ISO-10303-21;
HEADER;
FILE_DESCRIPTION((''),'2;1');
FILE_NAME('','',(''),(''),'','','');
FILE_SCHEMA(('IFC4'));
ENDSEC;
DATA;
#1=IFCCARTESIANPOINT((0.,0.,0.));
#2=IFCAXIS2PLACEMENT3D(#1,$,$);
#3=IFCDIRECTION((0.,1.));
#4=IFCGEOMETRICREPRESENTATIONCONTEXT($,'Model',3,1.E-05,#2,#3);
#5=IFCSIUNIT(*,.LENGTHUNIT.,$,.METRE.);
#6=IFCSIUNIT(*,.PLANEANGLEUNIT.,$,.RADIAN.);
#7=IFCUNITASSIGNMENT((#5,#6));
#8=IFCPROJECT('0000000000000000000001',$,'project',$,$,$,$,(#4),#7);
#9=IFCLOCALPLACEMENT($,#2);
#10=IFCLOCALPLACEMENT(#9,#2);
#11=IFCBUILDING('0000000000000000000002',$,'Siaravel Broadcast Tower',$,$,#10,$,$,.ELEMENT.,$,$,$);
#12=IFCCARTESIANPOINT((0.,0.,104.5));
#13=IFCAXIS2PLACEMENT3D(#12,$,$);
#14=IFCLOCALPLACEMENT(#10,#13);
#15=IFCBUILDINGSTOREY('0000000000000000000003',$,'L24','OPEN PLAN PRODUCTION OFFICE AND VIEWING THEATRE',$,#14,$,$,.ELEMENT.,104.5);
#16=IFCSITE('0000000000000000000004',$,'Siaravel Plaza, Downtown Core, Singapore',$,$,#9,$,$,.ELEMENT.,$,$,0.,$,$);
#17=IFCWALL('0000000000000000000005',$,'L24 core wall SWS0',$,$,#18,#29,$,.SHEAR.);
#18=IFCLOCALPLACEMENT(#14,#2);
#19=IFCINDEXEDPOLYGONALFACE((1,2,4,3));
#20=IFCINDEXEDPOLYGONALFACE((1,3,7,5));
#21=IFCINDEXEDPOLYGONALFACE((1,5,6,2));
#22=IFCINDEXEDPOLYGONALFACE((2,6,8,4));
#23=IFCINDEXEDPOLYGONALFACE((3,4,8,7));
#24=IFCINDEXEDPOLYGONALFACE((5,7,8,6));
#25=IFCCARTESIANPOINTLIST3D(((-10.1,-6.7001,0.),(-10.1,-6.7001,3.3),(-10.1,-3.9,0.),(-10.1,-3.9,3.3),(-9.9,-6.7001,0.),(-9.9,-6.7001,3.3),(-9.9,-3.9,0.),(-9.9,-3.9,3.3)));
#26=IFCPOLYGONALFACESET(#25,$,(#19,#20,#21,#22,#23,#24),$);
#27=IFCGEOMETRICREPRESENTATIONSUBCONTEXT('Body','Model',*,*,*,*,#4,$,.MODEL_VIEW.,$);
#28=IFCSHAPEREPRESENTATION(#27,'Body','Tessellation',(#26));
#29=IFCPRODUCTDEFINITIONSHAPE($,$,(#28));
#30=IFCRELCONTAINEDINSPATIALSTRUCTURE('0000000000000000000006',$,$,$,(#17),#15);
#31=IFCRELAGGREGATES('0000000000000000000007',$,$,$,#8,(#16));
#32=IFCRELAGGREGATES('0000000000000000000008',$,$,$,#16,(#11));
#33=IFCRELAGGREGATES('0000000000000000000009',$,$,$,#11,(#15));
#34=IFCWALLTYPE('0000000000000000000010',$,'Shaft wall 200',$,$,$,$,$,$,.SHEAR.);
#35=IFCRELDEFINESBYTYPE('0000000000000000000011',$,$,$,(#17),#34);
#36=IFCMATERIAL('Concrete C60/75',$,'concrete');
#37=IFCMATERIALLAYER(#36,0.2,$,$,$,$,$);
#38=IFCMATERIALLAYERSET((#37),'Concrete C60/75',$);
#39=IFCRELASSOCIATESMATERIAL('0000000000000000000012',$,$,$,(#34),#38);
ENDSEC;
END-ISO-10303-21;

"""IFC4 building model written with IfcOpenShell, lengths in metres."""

from ifc_helpers import new_model, si_unit, direction, frame, frame_2d, origin, place, context, subcontext, project, spatial, rectangle, extrude, material, layer, layer_set, type_object, element, save


model = new_model("IFC4")

# Units and contexts
model_context = context("Model", 3, precision=1e-05, world=origin(), true_north=direction((0.0, 1.0)))
body_context = subcontext(model_context, "Body", "Model", "MODEL_VIEW")
ifc_project = project(units=[si_unit("LENGTHUNIT", "METRE"), si_unit("PLANEANGLEUNIT", "RADIAN")], contexts=[model_context])

# Site, building, storey
site_placement = place(None, origin())
site = spatial("IfcSite", under=ifc_project, at=site_placement, Name="Siaravel Plaza, Downtown Core, Singapore", CompositionType="ELEMENT", RefElevation=0.0)
building_placement = place(site_placement, origin())
building = spatial("IfcBuilding", under=site, at=building_placement, Name="Siaravel Broadcast Tower", CompositionType="ELEMENT")
storey_placement = place(building_placement, frame((0.0, 0.0, 104.5)))
storey = spatial("IfcBuildingStorey", under=building, at=storey_placement, Name="L24", Description="OPEN PLAN PRODUCTION OFFICE AND VIEWING THEATRE", CompositionType="ELEMENT", Elevation=104.5)

# Shared definitions
ifc_material_1 = material(Name="Concrete C60/75", Category="concrete")

# Wall
ifc_layer_1 = layer(ifc_material_1, 0.2)
ifc_layer_set_1 = layer_set([ifc_layer_1], Name="Concrete C60/75")
wall_type_1 = type_object("IfcWallType", Name="Shaft wall 200", PredefinedType="SHEAR", material=ifc_layer_set_1)
wall_1_placement = place(storey_placement, frame((-10.0, -6.7, 0.0), z_axis=(0.0, 0.0, 1.0), x_axis=(0.0, 1.0, 0.0)))
element("IfcWall", 1, at=wall_1_placement, inside=storey, type_object=wall_type_1, Name="L24 core wall SWS0", PredefinedType="SHEAR", context=body_context, shape_type="SweptSolid", body=[
    extrude(rectangle(XDim=2.8, YDim=0.2, at=frame_2d((1.3999, 0.0))), origin(), (0.0, 0.0, 1.0), 3.3),
])

save(model, "model.ifc")
